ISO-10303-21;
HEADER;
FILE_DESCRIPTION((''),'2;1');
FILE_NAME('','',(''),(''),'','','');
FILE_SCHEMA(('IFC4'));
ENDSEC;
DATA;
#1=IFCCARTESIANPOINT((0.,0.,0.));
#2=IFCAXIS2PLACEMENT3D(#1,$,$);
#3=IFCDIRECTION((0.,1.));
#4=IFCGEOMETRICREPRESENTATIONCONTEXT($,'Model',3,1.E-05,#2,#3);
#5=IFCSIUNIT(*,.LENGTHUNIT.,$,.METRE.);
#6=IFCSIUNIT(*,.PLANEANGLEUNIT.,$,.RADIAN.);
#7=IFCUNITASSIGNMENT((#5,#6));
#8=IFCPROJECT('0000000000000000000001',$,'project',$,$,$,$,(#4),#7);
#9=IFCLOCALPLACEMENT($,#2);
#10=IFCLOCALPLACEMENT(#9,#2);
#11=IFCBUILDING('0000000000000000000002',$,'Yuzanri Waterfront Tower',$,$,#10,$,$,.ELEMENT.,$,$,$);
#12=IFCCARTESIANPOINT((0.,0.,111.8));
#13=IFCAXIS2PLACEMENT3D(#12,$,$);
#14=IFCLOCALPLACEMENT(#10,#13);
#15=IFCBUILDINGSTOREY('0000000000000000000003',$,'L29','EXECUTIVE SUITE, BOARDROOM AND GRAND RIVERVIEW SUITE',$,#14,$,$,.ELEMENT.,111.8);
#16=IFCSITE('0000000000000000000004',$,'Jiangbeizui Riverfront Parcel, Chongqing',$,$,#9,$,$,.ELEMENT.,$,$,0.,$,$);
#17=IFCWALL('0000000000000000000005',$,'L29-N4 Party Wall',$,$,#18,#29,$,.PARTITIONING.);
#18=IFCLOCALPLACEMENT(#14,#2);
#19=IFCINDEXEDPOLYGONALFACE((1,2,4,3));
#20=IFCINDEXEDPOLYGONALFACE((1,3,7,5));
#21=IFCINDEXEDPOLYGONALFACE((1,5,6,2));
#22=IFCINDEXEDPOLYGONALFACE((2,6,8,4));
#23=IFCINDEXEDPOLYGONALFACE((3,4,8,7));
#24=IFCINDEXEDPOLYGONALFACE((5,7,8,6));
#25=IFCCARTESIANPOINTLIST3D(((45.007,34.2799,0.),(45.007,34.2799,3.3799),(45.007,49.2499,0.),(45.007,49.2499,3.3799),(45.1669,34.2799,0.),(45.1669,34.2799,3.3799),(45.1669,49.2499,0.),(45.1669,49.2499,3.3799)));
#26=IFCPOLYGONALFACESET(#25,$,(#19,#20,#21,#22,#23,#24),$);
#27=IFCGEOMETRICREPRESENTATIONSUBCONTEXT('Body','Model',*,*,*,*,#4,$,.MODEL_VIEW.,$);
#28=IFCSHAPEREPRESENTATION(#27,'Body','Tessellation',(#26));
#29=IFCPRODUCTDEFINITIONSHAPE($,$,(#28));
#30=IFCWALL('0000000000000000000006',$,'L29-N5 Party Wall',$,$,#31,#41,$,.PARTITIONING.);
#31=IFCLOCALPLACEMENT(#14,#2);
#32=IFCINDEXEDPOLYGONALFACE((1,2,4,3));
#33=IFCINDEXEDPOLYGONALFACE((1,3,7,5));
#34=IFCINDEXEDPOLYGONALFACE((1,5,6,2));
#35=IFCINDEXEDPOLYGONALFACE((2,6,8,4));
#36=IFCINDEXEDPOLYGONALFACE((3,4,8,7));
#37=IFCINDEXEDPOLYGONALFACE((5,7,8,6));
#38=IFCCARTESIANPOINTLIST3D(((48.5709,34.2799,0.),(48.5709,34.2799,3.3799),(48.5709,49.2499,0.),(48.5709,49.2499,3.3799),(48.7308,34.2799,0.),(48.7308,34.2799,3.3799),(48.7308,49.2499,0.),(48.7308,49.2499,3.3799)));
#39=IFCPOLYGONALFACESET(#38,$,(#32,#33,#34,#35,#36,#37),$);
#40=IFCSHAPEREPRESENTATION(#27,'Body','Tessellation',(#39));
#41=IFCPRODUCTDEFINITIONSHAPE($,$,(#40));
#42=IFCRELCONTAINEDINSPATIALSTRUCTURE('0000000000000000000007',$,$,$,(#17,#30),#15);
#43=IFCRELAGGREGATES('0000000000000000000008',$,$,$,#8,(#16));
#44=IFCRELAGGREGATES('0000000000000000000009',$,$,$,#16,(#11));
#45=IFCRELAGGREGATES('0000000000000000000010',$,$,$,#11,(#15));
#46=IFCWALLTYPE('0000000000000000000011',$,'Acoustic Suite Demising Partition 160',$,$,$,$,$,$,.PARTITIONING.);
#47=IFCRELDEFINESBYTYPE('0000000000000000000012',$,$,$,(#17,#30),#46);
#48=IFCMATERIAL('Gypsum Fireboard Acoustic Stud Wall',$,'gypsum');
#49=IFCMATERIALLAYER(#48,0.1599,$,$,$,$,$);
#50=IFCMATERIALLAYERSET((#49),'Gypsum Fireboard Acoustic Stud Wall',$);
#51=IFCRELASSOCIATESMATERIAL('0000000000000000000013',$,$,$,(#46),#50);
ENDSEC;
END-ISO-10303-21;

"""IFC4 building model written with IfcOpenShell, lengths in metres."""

from ifc_helpers import new_model, si_unit, direction, frame, frame_2d, origin, place, context, subcontext, project, spatial, rectangle, extrude, source, transform, mapped, material, layer, layer_set, type_object, element, save


model = new_model("IFC4")

# Units and contexts
model_context = context("Model", 3, precision=1e-05, world=origin(), true_north=direction((0.0, 1.0)))
body_context = subcontext(model_context, "Body", "Model", "MODEL_VIEW")
ifc_project = project(units=[si_unit("LENGTHUNIT", "METRE"), si_unit("PLANEANGLEUNIT", "RADIAN")], contexts=[model_context])

# Site, building, storey
site_placement = place(None, origin())
site = spatial("IfcSite", under=ifc_project, at=site_placement, Name="Jiangbeizui Riverfront Parcel, Chongqing", CompositionType="ELEMENT", RefElevation=0.0)
building_placement = place(site_placement, origin())
building = spatial("IfcBuilding", under=site, at=building_placement, Name="Yuzanri Waterfront Tower", CompositionType="ELEMENT")
storey_placement = place(building_placement, frame((0.0, 0.0, 111.8)))
storey = spatial("IfcBuildingStorey", under=building, at=storey_placement, Name="L29", Description="EXECUTIVE SUITE, BOARDROOM AND GRAND RIVERVIEW SUITE", CompositionType="ELEMENT", Elevation=111.8)

# Walls
ifc_material_1 = material(Name="Gypsum Fireboard Acoustic Stud Wall", Category="gypsum")
ifc_layer_1 = layer(ifc_material_1, 0.1599)
ifc_layer_set_1 = layer_set([ifc_layer_1], Name="Gypsum Fireboard Acoustic Stud Wall")
wall_type_1 = type_object("IfcWallType", Name="Acoustic Suite Demising Partition 160", PredefinedType="PARTITIONING", material=ifc_layer_set_1)
shared_shape_1 = source(origin(), body_context, "Body", "SweptSolid", [
    extrude(rectangle(XDim=14.97, YDim=0.1599, at=frame_2d((7.4849, 0.0))), origin(), (0.0, 0.0, 1.0), 3.3799),
])
for number, where, z_axis, x_axis, name in (
    (1, (45.0869, 34.28, 0.0), (0.0, 0.0, 1.0), (0.0, 1.0, 0.0), "L29-N4 Party Wall"),
    (2, (48.6509, 34.28, 0.0), (0.0, 0.0, 1.0), (0.0, 1.0, 0.0), "L29-N5 Party Wall"),
):
    element("IfcWall", number, at=place(storey_placement, frame(where, z_axis=z_axis, x_axis=x_axis)), inside=storey, type_object=wall_type_1, Name=name, PredefinedType="PARTITIONING", context=body_context, shape_type="MappedRepresentation", body=[
        mapped(shared_shape_1, transform((0.0, 0.0, 0.0), scale=1.0)),
    ])

save(model, "model.ifc")
